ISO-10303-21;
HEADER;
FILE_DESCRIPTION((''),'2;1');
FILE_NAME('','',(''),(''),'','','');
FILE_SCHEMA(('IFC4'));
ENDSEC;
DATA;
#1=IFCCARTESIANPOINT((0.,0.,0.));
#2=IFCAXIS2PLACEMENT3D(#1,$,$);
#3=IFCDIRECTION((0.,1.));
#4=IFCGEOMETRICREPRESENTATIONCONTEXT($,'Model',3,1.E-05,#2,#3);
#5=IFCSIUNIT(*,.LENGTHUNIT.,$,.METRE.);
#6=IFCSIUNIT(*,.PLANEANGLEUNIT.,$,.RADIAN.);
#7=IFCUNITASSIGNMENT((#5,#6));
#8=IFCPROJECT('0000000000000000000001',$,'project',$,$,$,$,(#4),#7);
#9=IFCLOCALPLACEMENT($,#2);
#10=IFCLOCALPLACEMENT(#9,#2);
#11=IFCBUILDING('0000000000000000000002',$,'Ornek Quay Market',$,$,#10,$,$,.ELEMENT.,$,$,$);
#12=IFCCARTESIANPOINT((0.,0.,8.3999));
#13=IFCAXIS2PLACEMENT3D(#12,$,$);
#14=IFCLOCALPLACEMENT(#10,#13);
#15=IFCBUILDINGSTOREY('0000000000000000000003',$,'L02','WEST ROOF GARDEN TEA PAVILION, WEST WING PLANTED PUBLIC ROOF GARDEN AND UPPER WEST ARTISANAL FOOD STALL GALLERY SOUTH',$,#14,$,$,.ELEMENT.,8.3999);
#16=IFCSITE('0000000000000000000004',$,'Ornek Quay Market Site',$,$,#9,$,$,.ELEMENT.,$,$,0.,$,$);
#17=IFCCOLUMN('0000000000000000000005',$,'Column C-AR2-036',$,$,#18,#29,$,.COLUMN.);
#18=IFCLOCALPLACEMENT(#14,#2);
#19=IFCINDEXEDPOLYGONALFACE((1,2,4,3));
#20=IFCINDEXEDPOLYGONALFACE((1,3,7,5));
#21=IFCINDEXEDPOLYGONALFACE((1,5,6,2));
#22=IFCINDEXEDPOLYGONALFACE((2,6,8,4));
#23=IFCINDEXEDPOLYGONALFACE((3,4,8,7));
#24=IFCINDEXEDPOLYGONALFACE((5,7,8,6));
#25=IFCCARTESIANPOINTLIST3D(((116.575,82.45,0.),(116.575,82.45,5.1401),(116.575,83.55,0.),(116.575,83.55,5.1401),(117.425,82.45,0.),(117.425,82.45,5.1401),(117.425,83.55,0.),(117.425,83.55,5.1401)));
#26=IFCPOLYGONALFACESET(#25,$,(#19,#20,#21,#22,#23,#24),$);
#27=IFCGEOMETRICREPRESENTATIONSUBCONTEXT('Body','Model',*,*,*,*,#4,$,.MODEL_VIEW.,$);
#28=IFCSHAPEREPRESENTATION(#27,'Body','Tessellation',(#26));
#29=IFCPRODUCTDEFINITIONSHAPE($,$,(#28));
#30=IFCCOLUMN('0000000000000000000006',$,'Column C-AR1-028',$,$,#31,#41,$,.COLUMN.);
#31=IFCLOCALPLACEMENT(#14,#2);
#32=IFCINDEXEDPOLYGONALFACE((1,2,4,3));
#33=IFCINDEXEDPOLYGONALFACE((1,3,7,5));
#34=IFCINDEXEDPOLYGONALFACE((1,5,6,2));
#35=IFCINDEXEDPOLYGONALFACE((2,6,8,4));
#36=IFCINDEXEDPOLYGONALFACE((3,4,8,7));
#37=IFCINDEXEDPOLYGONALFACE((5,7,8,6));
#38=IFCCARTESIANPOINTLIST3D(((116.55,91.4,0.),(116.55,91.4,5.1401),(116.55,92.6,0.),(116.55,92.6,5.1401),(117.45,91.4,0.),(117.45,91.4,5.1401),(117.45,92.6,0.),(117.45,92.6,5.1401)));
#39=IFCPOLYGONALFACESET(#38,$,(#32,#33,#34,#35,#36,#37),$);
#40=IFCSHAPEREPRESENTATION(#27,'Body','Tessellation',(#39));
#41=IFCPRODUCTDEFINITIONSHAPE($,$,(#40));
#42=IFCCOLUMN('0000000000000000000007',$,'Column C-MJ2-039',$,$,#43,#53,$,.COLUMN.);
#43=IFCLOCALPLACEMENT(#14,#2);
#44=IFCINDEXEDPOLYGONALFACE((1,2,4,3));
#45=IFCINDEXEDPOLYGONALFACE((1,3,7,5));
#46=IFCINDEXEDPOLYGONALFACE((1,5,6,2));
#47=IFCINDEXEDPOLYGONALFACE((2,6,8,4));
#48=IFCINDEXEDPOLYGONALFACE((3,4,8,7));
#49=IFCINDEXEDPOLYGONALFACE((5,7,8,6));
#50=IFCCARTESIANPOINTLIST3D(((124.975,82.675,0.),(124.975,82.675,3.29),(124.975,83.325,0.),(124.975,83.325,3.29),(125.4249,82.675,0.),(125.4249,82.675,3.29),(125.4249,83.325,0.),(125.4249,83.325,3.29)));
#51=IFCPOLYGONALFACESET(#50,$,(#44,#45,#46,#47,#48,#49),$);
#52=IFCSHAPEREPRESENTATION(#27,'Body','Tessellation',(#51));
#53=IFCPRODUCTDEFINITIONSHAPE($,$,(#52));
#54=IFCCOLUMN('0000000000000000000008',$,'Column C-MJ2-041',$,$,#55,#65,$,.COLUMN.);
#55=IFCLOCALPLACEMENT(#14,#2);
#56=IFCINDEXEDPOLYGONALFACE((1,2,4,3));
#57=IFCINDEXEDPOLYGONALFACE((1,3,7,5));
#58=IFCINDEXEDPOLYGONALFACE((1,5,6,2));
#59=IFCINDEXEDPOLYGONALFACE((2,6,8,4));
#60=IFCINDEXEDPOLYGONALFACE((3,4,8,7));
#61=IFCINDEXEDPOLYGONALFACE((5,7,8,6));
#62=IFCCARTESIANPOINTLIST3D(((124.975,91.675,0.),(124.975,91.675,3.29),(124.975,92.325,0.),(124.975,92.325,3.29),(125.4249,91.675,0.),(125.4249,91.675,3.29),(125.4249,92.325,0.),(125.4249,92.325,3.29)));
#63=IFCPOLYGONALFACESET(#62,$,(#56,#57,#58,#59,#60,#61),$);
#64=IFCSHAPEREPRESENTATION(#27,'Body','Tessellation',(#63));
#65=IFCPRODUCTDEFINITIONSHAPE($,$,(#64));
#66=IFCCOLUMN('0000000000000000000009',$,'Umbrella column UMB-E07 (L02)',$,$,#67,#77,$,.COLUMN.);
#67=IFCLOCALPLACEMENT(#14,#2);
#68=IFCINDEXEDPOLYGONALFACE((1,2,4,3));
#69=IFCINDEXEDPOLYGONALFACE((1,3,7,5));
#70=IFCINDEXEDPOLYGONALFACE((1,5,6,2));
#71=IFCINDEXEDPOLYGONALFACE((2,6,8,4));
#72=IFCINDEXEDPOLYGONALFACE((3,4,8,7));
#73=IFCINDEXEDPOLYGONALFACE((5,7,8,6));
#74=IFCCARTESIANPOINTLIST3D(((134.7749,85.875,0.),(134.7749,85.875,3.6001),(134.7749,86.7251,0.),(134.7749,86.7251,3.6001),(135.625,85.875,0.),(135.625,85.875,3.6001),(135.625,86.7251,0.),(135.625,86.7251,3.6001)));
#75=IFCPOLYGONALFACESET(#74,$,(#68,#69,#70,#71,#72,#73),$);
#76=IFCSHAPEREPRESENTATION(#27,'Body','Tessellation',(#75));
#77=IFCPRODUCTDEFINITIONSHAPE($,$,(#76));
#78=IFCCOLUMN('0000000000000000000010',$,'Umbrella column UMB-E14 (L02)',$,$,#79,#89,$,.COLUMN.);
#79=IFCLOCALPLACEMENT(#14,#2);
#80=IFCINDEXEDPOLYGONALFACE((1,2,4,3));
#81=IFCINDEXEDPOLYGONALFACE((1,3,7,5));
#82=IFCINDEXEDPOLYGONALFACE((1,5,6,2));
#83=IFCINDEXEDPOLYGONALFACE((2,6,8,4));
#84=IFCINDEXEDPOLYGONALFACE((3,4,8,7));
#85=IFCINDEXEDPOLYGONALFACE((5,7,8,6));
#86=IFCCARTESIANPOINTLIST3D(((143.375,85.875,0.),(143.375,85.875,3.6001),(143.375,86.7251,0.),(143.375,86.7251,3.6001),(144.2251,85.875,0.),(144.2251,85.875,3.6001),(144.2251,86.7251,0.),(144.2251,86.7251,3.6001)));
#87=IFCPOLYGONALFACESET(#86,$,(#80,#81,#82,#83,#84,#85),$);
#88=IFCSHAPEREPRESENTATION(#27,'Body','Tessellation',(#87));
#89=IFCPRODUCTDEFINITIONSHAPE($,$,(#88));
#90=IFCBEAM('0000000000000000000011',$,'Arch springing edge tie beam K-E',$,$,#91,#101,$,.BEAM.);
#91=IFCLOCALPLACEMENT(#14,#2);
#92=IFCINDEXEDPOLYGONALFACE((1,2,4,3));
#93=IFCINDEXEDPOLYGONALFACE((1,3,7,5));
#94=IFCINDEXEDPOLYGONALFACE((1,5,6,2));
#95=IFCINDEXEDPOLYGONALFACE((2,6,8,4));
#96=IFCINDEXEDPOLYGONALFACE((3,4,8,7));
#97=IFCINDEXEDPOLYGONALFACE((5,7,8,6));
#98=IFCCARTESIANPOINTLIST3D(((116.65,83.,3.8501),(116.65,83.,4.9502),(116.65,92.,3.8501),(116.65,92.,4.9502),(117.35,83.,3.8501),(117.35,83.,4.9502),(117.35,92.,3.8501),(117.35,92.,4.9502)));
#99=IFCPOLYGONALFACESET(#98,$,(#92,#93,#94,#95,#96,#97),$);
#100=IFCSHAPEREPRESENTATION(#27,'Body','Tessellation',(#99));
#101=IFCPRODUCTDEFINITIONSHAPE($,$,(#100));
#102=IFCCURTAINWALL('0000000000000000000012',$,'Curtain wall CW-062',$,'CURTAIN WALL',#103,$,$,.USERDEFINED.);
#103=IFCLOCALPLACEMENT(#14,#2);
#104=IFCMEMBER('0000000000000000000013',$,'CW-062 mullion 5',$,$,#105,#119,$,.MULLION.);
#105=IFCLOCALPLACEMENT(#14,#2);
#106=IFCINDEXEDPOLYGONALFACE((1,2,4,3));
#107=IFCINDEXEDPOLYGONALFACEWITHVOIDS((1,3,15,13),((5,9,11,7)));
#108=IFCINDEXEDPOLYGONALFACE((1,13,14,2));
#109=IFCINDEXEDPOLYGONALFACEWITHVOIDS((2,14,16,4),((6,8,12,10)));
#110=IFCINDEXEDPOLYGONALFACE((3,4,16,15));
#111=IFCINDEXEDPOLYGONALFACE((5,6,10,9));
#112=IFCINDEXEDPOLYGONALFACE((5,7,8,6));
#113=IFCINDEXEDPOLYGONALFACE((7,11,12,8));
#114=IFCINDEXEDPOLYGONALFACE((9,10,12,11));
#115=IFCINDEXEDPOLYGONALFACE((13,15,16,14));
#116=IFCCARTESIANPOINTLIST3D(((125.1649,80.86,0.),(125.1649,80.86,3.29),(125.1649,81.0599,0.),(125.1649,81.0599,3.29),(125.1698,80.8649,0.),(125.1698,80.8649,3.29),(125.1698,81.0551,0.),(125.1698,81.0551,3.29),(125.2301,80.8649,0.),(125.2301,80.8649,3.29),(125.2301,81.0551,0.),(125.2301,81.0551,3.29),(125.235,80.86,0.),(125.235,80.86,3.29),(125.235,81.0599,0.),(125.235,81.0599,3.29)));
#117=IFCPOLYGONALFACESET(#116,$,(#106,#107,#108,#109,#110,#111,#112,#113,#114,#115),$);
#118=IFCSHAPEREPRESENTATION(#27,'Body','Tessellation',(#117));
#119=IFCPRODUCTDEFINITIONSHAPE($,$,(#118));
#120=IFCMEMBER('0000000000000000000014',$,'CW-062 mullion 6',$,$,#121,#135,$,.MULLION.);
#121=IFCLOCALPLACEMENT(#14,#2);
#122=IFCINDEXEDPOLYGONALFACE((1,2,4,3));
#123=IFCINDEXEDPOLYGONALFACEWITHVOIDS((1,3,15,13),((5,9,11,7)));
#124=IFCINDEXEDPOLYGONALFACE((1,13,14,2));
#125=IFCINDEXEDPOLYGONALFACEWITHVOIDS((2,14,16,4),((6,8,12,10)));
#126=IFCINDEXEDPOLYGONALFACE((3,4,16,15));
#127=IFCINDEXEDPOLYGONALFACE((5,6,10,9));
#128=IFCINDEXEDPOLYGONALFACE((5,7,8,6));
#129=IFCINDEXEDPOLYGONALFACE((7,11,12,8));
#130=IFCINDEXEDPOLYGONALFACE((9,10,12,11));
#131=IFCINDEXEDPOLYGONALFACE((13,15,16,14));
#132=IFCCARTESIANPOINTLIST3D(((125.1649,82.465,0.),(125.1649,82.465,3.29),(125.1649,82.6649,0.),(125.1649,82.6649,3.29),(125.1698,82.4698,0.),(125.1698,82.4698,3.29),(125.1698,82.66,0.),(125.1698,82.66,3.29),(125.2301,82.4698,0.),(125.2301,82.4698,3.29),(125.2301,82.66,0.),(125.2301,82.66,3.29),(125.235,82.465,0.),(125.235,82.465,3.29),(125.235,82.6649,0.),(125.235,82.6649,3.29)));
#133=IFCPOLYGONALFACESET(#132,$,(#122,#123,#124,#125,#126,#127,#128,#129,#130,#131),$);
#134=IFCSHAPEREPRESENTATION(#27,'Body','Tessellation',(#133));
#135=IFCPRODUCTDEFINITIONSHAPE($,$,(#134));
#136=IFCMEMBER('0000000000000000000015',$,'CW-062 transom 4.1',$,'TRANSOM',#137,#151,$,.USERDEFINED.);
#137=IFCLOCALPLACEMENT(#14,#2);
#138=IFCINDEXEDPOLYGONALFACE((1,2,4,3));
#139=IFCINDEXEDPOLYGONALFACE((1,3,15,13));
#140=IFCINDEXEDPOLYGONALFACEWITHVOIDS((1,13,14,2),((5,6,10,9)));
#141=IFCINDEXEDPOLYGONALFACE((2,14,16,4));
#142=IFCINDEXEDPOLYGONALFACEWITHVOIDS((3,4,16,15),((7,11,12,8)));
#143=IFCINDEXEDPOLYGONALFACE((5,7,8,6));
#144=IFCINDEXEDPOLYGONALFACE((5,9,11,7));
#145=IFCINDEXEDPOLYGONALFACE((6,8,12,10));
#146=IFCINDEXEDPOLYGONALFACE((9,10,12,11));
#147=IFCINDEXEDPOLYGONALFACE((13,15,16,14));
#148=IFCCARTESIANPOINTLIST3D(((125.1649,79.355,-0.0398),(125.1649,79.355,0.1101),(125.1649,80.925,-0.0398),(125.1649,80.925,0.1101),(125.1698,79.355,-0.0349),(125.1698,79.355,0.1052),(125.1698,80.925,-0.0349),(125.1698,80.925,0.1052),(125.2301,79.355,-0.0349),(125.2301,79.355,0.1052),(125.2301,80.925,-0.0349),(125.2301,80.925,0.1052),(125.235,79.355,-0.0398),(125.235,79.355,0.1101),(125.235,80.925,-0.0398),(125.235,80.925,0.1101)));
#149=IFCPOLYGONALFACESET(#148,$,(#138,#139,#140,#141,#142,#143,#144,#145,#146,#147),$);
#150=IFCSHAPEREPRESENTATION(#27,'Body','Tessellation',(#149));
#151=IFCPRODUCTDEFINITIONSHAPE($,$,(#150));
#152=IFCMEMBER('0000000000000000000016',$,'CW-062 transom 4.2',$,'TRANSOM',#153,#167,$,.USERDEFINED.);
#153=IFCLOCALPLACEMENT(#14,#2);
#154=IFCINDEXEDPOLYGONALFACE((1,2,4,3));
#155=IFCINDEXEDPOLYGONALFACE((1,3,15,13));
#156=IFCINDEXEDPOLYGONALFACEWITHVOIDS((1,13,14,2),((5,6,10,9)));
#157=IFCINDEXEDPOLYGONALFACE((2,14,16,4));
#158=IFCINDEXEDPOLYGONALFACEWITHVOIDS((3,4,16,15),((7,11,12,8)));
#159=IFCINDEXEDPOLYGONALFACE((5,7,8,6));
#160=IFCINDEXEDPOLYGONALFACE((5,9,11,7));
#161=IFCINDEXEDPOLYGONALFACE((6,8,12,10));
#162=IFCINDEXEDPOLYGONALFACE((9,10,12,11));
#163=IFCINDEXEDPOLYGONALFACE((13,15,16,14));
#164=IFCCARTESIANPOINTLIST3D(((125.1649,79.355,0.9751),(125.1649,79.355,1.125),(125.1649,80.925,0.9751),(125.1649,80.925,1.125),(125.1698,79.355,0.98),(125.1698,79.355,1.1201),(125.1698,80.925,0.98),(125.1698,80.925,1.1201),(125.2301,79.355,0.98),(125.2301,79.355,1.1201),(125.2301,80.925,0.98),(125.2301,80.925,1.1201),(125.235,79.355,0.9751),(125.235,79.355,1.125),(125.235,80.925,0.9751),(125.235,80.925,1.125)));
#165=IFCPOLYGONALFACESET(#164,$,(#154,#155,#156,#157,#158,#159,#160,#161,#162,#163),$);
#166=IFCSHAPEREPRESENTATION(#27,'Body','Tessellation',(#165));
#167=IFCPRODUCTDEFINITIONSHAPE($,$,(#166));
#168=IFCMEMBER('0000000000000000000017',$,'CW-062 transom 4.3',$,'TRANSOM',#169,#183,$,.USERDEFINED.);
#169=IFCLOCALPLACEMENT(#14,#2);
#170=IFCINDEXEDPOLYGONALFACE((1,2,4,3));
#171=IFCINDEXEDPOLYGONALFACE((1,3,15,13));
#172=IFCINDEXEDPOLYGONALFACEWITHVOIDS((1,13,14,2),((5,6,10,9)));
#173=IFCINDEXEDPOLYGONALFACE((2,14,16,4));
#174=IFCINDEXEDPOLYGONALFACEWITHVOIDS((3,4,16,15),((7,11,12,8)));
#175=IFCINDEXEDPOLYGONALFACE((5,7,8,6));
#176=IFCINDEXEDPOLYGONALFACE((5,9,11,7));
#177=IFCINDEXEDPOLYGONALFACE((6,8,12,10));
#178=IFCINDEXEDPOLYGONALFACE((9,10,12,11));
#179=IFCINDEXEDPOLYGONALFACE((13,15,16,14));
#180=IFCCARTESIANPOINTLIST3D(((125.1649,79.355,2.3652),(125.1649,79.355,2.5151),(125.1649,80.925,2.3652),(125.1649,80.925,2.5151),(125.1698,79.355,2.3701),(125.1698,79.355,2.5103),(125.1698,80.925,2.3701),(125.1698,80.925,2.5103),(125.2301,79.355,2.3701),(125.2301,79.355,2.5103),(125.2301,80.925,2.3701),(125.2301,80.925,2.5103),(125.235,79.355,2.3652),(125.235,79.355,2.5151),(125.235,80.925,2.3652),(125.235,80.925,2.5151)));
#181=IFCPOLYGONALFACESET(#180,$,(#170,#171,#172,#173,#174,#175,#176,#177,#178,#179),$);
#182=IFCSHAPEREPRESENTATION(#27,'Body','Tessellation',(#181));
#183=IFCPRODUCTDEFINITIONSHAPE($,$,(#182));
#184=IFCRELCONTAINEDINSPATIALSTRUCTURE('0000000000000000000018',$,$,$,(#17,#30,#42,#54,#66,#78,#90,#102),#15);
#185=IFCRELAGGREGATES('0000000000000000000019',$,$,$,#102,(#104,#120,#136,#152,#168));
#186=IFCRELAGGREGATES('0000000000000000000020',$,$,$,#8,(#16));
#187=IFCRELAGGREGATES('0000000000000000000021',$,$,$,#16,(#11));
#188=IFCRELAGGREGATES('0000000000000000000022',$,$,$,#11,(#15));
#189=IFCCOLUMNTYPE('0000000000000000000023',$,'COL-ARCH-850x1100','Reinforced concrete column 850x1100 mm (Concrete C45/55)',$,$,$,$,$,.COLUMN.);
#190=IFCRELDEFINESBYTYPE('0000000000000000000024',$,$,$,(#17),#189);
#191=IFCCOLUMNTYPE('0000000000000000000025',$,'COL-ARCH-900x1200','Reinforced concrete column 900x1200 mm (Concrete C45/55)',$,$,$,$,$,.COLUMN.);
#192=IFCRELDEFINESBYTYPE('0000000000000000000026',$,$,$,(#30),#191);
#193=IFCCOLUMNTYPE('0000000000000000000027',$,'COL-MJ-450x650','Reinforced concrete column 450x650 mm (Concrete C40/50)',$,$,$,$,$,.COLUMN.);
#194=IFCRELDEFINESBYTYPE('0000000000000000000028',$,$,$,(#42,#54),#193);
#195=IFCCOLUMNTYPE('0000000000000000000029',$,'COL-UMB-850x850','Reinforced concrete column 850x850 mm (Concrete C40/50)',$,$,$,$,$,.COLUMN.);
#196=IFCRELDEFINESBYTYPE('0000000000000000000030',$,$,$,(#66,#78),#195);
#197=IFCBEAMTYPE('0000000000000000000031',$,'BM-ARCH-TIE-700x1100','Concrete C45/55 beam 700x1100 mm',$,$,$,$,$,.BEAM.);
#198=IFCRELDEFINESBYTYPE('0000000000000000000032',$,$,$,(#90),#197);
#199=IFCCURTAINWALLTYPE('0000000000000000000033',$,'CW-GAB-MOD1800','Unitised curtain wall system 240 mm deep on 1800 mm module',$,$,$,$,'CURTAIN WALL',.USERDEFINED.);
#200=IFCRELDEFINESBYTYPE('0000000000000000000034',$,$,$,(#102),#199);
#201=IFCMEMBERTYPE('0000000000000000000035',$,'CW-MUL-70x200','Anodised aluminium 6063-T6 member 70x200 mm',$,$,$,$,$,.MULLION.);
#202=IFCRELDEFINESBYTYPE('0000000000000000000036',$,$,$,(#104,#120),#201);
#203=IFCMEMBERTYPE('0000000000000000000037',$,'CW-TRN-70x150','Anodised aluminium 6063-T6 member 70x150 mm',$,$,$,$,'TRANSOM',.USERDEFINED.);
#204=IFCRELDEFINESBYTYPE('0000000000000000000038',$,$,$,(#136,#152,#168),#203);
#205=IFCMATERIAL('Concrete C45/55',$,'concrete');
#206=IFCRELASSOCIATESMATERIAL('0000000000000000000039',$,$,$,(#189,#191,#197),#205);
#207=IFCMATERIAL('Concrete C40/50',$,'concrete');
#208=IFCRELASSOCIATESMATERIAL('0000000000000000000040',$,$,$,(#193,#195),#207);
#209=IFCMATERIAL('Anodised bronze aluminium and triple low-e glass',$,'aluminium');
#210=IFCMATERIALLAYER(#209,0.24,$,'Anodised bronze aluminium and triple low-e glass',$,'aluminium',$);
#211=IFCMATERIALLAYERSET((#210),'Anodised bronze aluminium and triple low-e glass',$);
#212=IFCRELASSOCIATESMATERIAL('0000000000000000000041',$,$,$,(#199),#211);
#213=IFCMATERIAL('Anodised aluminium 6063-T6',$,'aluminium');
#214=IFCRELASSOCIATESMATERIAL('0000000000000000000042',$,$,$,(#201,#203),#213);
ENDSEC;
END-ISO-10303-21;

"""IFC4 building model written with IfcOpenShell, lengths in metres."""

from ifc_helpers import new_model, si_unit, direction, frame, origin, origin_2d, place, context, subcontext, project, spatial, rectangle, hollow_rectangle, extrude, material, layer, layer_set, material_profile, profile_set, type_object, element, aggregate, save


model = new_model("IFC4")

# Units and contexts
model_context = context("Model", 3, precision=1e-05, world=origin(), true_north=direction((0.0, 1.0)))
body_context = subcontext(model_context, "Body", "Model", "MODEL_VIEW")
ifc_project = project(units=[si_unit("LENGTHUNIT", "METRE"), si_unit("PLANEANGLEUNIT", "RADIAN")], contexts=[model_context])

# Site, building, storey
site_placement = place(None, origin())
site = spatial("IfcSite", under=ifc_project, at=site_placement, Name="Ornek Quay Market Site", CompositionType="ELEMENT", RefElevation=0.0)
building_placement = place(site_placement, origin())
building = spatial("IfcBuilding", under=site, at=building_placement, Name="Ornek Quay Market", CompositionType="ELEMENT")
storey_placement = place(building_placement, frame((0.0, 0.0, 8.3999)))
storey = spatial("IfcBuildingStorey", under=building, at=storey_placement, Name="L02", Description="WEST ROOF GARDEN TEA PAVILION, WEST WING PLANTED PUBLIC ROOF GARDEN AND UPPER WEST ARTISANAL FOOD STALL GALLERY SOUTH", CompositionType="ELEMENT", Elevation=8.3999)

# Columns
ifc_material_1 = material(Name="Concrete C45/55", Category="concrete")
ifc_material_profile_1 = material_profile(ifc_material_1, rectangle(XDim=0.8501, YDim=1.1001, at=origin_2d()), Name="RC 850x1100", Category="concrete")
ifc_profile_set_1 = profile_set([ifc_material_profile_1], Name="Concrete C45/55")
column_type_1 = type_object("IfcColumnType", Name="COL-ARCH-850x1100", Description="Reinforced concrete column 850x1100 mm (Concrete C45/55)", PredefinedType="COLUMN", material=ifc_profile_set_1)
column_1_placement = place(storey_placement, frame((117.0, 83.0, 0.0), z_axis=(0.0, 0.0, 1.0), x_axis=(1.0, 0.0, 0.0)))
element("IfcColumn", 1, at=column_1_placement, inside=storey, type_object=column_type_1, Name="Column C-AR2-036", PredefinedType="COLUMN", context=body_context, shape_type="SweptSolid", body=[
    extrude(rectangle(XDim=0.8501, YDim=1.1001, at=origin_2d()), origin(), (0.0, 0.0, 1.0), 5.1401),
])
ifc_material_profile_2 = material_profile(ifc_material_1, rectangle(XDim=0.8999, YDim=1.2, at=origin_2d()), Name="RC 900x1200", Category="concrete")
ifc_profile_set_2 = profile_set([ifc_material_profile_2], Name="Concrete C45/55")
column_type_2 = type_object("IfcColumnType", Name="COL-ARCH-900x1200", Description="Reinforced concrete column 900x1200 mm (Concrete C45/55)", PredefinedType="COLUMN", material=ifc_profile_set_2)
column_2_placement = place(storey_placement, frame((117.0, 92.0, 0.0), z_axis=(0.0, 0.0, 1.0), x_axis=(1.0, 0.0, 0.0)))
element("IfcColumn", 2, at=column_2_placement, inside=storey, type_object=column_type_2, Name="Column C-AR1-028", PredefinedType="COLUMN", context=body_context, shape_type="SweptSolid", body=[
    extrude(rectangle(XDim=0.8999, YDim=1.2, at=origin_2d()), origin(), (0.0, 0.0, 1.0), 5.1401),
])
ifc_material_2 = material(Name="Concrete C40/50", Category="concrete")
ifc_material_profile_3 = material_profile(ifc_material_2, rectangle(XDim=0.45, YDim=0.6499, at=origin_2d()), Name="RC 450x650", Category="concrete")
ifc_profile_set_3 = profile_set([ifc_material_profile_3], Name="Concrete C40/50")
column_type_3 = type_object("IfcColumnType", Name="COL-MJ-450x650", Description="Reinforced concrete column 450x650 mm (Concrete C40/50)", PredefinedType="COLUMN", material=ifc_profile_set_3)
for number, where, z_axis, x_axis, name in (
    (3, (125.2, 83.0, 0.0), (0.0, 0.0, 1.0), (1.0, 0.0, 0.0), "Column C-MJ2-039"),
    (4, (125.2, 92.0, 0.0), (0.0, 0.0, 1.0), (1.0, 0.0, 0.0), "Column C-MJ2-041"),
):
    element("IfcColumn", number, at=place(storey_placement, frame(where, z_axis=z_axis, x_axis=x_axis)), inside=storey, type_object=column_type_3, Name=name, PredefinedType="COLUMN", context=body_context, shape_type="SweptSolid", body=[
        extrude(rectangle(XDim=0.45, YDim=0.6499, at=origin_2d()), origin(), (0.0, 0.0, 1.0), 3.29),
    ])
ifc_material_profile_4 = material_profile(ifc_material_2, rectangle(XDim=0.8501, YDim=0.8501, at=origin_2d()), Name="RC 850x850", Category="concrete")
ifc_profile_set_4 = profile_set([ifc_material_profile_4], Name="Concrete C40/50")
column_type_4 = type_object("IfcColumnType", Name="COL-UMB-850x850", Description="Reinforced concrete column 850x850 mm (Concrete C40/50)", PredefinedType="COLUMN", material=ifc_profile_set_4)
for number, where, z_axis, x_axis, name in (
    (5, (135.2, 86.3, 0.0), (0.0, 0.0, 1.0), (1.0, 0.0, 0.0), "Umbrella column UMB-E07 (L02)"),
    (6, (143.8, 86.3, 0.0), (0.0, 0.0, 1.0), (1.0, 0.0, 0.0), "Umbrella column UMB-E14 (L02)"),
):
    element("IfcColumn", number, at=place(storey_placement, frame(where, z_axis=z_axis, x_axis=x_axis)), inside=storey, type_object=column_type_4, Name=name, PredefinedType="COLUMN", context=body_context, shape_type="SweptSolid", body=[
        extrude(rectangle(XDim=0.8501, YDim=0.8501, at=origin_2d()), origin(), (0.0, 0.0, 1.0), 3.6001),
    ])

# Beam
ifc_material_profile_5 = material_profile(ifc_material_1, rectangle(XDim=0.7, YDim=1.1001, at=origin_2d()), Name="RC 700x1100", Category="concrete")
ifc_profile_set_5 = profile_set([ifc_material_profile_5], Name="Concrete C45/55")
beam_type = type_object("IfcBeamType", Name="BM-ARCH-TIE-700x1100", Description="Concrete C45/55 beam 700x1100 mm", PredefinedType="BEAM", material=ifc_profile_set_5)
beam_placement = place(storey_placement, frame((117.0, 83.0, 4.4001), z_axis=(0.0, 1.0, 0.0), x_axis=(-1.0, 0.0, 0.0)))
element("IfcBeam", 7, at=beam_placement, inside=storey, type_object=beam_type, Name="Arch springing edge tie beam K-E", PredefinedType="BEAM", context=body_context, shape_type="SweptSolid", body=[
    extrude(rectangle(XDim=0.7, YDim=1.1001, at=origin_2d()), origin(), (0.0, 0.0, 1.0), 9.0),
])

# Curtain wall, members
ifc_material_3 = material(Name="Anodised bronze aluminium and triple low-e glass", Category="aluminium")
ifc_layer_1 = layer(ifc_material_3, 0.24, Name="Anodised bronze aluminium and triple low-e glass", Category="aluminium")
ifc_layer_set_1 = layer_set([ifc_layer_1], Name="Anodised bronze aluminium and triple low-e glass")
curtain_wall_type = type_object("IfcCurtainWallType", Name="CW-GAB-MOD1800", Description="Unitised curtain wall system 240 mm deep on 1800 mm module", ElementType="CURTAIN WALL", PredefinedType="USERDEFINED", material=ifc_layer_set_1)
curtain_wall_placement = place(storey_placement, origin())
curtain_wall = element("IfcCurtainWall", 8, at=curtain_wall_placement, inside=storey, type_object=curtain_wall_type, Name="Curtain wall CW-062", ObjectType="CURTAIN WALL", PredefinedType="USERDEFINED")
ifc_material_4 = material(Name="Anodised aluminium 6063-T6", Category="aluminium")
ifc_material_profile_6 = material_profile(ifc_material_4, hollow_rectangle(XDim=0.0701, YDim=0.2, WallThickness=0.0049, at=origin_2d()), Name="CW-MUL-70x200", Category="aluminium")
ifc_profile_set_6 = profile_set([ifc_material_profile_6], Name="Anodised aluminium 6063-T6")
member_type_1 = type_object("IfcMemberType", Name="CW-MUL-70x200", Description="Anodised aluminium 6063-T6 member 70x200 mm", PredefinedType="MULLION", material=ifc_profile_set_6)
member_1_placement = place(storey_placement, frame((125.2, 80.96, 0.0), z_axis=(0.0, 0.0, 1.0), x_axis=(-1.0, 0.0, 0.0)))
member_1 = element("IfcMember", 9, at=member_1_placement, type_object=member_type_1, Name="CW-062 mullion 5", PredefinedType="MULLION", context=body_context, shape_type="SweptSolid", body=[
    extrude(hollow_rectangle(XDim=0.0701, YDim=0.2, WallThickness=0.0049, at=origin_2d()), origin(), (0.0, 0.0, 1.0), 3.29),
])
member_2_placement = place(storey_placement, frame((125.2, 82.5649, 0.0), z_axis=(0.0, 0.0, 1.0), x_axis=(-1.0, 0.0, 0.0)))
member_2 = element("IfcMember", 10, at=member_2_placement, type_object=member_type_1, Name="CW-062 mullion 6", PredefinedType="MULLION", context=body_context, shape_type="SweptSolid", body=[
    extrude(hollow_rectangle(XDim=0.0701, YDim=0.2, WallThickness=0.0049, at=origin_2d()), origin(), (0.0, 0.0, 1.0), 3.29),
])
ifc_material_profile_7 = material_profile(ifc_material_4, hollow_rectangle(XDim=0.0701, YDim=0.1499, WallThickness=0.0049, at=origin_2d()), Name="CW-TRN-70x150", Category="aluminium")
ifc_profile_set_7 = profile_set([ifc_material_profile_7], Name="Anodised aluminium 6063-T6")
member_type_2 = type_object("IfcMemberType", Name="CW-TRN-70x150", Description="Anodised aluminium 6063-T6 member 70x150 mm", ElementType="TRANSOM", PredefinedType="USERDEFINED", material=ifc_profile_set_7)
member_3_placement = place(storey_placement, frame((125.2, 79.355, 0.0352), z_axis=(0.0, 1.0, 0.0), x_axis=(-1.0, 0.0, 0.0)))
member_3 = element("IfcMember", 11, at=member_3_placement, type_object=member_type_2, Name="CW-062 transom 4.1", ObjectType="TRANSOM", PredefinedType="USERDEFINED", context=body_context, shape_type="SweptSolid", body=[
    extrude(hollow_rectangle(XDim=0.0701, YDim=0.1499, WallThickness=0.0049, at=origin_2d()), origin(), (0.0, 0.0, 1.0), 1.5701),
])
member_4_placement = place(storey_placement, frame((125.2, 79.355, 1.05), z_axis=(0.0, 1.0, 0.0), x_axis=(-1.0, 0.0, 0.0)))
member_4 = element("IfcMember", 12, at=member_4_placement, type_object=member_type_2, Name="CW-062 transom 4.2", ObjectType="TRANSOM", PredefinedType="USERDEFINED", context=body_context, shape_type="SweptSolid", body=[
    extrude(hollow_rectangle(XDim=0.0701, YDim=0.1499, WallThickness=0.0049, at=origin_2d()), origin(), (0.0, 0.0, 1.0), 1.5701),
])
member_5_placement = place(storey_placement, frame((125.2, 79.355, 2.4402), z_axis=(0.0, 1.0, 0.0), x_axis=(-1.0, 0.0, 0.0)))
member_5 = element("IfcMember", 13, at=member_5_placement, type_object=member_type_2, Name="CW-062 transom 4.3", ObjectType="TRANSOM", PredefinedType="USERDEFINED", context=body_context, shape_type="SweptSolid", body=[
    extrude(hollow_rectangle(XDim=0.0701, YDim=0.1499, WallThickness=0.0049, at=origin_2d()), origin(), (0.0, 0.0, 1.0), 1.5701),
])

aggregate(curtain_wall, [member_1, member_2, member_3, member_4, member_5])

save(model, "model.ifc")
